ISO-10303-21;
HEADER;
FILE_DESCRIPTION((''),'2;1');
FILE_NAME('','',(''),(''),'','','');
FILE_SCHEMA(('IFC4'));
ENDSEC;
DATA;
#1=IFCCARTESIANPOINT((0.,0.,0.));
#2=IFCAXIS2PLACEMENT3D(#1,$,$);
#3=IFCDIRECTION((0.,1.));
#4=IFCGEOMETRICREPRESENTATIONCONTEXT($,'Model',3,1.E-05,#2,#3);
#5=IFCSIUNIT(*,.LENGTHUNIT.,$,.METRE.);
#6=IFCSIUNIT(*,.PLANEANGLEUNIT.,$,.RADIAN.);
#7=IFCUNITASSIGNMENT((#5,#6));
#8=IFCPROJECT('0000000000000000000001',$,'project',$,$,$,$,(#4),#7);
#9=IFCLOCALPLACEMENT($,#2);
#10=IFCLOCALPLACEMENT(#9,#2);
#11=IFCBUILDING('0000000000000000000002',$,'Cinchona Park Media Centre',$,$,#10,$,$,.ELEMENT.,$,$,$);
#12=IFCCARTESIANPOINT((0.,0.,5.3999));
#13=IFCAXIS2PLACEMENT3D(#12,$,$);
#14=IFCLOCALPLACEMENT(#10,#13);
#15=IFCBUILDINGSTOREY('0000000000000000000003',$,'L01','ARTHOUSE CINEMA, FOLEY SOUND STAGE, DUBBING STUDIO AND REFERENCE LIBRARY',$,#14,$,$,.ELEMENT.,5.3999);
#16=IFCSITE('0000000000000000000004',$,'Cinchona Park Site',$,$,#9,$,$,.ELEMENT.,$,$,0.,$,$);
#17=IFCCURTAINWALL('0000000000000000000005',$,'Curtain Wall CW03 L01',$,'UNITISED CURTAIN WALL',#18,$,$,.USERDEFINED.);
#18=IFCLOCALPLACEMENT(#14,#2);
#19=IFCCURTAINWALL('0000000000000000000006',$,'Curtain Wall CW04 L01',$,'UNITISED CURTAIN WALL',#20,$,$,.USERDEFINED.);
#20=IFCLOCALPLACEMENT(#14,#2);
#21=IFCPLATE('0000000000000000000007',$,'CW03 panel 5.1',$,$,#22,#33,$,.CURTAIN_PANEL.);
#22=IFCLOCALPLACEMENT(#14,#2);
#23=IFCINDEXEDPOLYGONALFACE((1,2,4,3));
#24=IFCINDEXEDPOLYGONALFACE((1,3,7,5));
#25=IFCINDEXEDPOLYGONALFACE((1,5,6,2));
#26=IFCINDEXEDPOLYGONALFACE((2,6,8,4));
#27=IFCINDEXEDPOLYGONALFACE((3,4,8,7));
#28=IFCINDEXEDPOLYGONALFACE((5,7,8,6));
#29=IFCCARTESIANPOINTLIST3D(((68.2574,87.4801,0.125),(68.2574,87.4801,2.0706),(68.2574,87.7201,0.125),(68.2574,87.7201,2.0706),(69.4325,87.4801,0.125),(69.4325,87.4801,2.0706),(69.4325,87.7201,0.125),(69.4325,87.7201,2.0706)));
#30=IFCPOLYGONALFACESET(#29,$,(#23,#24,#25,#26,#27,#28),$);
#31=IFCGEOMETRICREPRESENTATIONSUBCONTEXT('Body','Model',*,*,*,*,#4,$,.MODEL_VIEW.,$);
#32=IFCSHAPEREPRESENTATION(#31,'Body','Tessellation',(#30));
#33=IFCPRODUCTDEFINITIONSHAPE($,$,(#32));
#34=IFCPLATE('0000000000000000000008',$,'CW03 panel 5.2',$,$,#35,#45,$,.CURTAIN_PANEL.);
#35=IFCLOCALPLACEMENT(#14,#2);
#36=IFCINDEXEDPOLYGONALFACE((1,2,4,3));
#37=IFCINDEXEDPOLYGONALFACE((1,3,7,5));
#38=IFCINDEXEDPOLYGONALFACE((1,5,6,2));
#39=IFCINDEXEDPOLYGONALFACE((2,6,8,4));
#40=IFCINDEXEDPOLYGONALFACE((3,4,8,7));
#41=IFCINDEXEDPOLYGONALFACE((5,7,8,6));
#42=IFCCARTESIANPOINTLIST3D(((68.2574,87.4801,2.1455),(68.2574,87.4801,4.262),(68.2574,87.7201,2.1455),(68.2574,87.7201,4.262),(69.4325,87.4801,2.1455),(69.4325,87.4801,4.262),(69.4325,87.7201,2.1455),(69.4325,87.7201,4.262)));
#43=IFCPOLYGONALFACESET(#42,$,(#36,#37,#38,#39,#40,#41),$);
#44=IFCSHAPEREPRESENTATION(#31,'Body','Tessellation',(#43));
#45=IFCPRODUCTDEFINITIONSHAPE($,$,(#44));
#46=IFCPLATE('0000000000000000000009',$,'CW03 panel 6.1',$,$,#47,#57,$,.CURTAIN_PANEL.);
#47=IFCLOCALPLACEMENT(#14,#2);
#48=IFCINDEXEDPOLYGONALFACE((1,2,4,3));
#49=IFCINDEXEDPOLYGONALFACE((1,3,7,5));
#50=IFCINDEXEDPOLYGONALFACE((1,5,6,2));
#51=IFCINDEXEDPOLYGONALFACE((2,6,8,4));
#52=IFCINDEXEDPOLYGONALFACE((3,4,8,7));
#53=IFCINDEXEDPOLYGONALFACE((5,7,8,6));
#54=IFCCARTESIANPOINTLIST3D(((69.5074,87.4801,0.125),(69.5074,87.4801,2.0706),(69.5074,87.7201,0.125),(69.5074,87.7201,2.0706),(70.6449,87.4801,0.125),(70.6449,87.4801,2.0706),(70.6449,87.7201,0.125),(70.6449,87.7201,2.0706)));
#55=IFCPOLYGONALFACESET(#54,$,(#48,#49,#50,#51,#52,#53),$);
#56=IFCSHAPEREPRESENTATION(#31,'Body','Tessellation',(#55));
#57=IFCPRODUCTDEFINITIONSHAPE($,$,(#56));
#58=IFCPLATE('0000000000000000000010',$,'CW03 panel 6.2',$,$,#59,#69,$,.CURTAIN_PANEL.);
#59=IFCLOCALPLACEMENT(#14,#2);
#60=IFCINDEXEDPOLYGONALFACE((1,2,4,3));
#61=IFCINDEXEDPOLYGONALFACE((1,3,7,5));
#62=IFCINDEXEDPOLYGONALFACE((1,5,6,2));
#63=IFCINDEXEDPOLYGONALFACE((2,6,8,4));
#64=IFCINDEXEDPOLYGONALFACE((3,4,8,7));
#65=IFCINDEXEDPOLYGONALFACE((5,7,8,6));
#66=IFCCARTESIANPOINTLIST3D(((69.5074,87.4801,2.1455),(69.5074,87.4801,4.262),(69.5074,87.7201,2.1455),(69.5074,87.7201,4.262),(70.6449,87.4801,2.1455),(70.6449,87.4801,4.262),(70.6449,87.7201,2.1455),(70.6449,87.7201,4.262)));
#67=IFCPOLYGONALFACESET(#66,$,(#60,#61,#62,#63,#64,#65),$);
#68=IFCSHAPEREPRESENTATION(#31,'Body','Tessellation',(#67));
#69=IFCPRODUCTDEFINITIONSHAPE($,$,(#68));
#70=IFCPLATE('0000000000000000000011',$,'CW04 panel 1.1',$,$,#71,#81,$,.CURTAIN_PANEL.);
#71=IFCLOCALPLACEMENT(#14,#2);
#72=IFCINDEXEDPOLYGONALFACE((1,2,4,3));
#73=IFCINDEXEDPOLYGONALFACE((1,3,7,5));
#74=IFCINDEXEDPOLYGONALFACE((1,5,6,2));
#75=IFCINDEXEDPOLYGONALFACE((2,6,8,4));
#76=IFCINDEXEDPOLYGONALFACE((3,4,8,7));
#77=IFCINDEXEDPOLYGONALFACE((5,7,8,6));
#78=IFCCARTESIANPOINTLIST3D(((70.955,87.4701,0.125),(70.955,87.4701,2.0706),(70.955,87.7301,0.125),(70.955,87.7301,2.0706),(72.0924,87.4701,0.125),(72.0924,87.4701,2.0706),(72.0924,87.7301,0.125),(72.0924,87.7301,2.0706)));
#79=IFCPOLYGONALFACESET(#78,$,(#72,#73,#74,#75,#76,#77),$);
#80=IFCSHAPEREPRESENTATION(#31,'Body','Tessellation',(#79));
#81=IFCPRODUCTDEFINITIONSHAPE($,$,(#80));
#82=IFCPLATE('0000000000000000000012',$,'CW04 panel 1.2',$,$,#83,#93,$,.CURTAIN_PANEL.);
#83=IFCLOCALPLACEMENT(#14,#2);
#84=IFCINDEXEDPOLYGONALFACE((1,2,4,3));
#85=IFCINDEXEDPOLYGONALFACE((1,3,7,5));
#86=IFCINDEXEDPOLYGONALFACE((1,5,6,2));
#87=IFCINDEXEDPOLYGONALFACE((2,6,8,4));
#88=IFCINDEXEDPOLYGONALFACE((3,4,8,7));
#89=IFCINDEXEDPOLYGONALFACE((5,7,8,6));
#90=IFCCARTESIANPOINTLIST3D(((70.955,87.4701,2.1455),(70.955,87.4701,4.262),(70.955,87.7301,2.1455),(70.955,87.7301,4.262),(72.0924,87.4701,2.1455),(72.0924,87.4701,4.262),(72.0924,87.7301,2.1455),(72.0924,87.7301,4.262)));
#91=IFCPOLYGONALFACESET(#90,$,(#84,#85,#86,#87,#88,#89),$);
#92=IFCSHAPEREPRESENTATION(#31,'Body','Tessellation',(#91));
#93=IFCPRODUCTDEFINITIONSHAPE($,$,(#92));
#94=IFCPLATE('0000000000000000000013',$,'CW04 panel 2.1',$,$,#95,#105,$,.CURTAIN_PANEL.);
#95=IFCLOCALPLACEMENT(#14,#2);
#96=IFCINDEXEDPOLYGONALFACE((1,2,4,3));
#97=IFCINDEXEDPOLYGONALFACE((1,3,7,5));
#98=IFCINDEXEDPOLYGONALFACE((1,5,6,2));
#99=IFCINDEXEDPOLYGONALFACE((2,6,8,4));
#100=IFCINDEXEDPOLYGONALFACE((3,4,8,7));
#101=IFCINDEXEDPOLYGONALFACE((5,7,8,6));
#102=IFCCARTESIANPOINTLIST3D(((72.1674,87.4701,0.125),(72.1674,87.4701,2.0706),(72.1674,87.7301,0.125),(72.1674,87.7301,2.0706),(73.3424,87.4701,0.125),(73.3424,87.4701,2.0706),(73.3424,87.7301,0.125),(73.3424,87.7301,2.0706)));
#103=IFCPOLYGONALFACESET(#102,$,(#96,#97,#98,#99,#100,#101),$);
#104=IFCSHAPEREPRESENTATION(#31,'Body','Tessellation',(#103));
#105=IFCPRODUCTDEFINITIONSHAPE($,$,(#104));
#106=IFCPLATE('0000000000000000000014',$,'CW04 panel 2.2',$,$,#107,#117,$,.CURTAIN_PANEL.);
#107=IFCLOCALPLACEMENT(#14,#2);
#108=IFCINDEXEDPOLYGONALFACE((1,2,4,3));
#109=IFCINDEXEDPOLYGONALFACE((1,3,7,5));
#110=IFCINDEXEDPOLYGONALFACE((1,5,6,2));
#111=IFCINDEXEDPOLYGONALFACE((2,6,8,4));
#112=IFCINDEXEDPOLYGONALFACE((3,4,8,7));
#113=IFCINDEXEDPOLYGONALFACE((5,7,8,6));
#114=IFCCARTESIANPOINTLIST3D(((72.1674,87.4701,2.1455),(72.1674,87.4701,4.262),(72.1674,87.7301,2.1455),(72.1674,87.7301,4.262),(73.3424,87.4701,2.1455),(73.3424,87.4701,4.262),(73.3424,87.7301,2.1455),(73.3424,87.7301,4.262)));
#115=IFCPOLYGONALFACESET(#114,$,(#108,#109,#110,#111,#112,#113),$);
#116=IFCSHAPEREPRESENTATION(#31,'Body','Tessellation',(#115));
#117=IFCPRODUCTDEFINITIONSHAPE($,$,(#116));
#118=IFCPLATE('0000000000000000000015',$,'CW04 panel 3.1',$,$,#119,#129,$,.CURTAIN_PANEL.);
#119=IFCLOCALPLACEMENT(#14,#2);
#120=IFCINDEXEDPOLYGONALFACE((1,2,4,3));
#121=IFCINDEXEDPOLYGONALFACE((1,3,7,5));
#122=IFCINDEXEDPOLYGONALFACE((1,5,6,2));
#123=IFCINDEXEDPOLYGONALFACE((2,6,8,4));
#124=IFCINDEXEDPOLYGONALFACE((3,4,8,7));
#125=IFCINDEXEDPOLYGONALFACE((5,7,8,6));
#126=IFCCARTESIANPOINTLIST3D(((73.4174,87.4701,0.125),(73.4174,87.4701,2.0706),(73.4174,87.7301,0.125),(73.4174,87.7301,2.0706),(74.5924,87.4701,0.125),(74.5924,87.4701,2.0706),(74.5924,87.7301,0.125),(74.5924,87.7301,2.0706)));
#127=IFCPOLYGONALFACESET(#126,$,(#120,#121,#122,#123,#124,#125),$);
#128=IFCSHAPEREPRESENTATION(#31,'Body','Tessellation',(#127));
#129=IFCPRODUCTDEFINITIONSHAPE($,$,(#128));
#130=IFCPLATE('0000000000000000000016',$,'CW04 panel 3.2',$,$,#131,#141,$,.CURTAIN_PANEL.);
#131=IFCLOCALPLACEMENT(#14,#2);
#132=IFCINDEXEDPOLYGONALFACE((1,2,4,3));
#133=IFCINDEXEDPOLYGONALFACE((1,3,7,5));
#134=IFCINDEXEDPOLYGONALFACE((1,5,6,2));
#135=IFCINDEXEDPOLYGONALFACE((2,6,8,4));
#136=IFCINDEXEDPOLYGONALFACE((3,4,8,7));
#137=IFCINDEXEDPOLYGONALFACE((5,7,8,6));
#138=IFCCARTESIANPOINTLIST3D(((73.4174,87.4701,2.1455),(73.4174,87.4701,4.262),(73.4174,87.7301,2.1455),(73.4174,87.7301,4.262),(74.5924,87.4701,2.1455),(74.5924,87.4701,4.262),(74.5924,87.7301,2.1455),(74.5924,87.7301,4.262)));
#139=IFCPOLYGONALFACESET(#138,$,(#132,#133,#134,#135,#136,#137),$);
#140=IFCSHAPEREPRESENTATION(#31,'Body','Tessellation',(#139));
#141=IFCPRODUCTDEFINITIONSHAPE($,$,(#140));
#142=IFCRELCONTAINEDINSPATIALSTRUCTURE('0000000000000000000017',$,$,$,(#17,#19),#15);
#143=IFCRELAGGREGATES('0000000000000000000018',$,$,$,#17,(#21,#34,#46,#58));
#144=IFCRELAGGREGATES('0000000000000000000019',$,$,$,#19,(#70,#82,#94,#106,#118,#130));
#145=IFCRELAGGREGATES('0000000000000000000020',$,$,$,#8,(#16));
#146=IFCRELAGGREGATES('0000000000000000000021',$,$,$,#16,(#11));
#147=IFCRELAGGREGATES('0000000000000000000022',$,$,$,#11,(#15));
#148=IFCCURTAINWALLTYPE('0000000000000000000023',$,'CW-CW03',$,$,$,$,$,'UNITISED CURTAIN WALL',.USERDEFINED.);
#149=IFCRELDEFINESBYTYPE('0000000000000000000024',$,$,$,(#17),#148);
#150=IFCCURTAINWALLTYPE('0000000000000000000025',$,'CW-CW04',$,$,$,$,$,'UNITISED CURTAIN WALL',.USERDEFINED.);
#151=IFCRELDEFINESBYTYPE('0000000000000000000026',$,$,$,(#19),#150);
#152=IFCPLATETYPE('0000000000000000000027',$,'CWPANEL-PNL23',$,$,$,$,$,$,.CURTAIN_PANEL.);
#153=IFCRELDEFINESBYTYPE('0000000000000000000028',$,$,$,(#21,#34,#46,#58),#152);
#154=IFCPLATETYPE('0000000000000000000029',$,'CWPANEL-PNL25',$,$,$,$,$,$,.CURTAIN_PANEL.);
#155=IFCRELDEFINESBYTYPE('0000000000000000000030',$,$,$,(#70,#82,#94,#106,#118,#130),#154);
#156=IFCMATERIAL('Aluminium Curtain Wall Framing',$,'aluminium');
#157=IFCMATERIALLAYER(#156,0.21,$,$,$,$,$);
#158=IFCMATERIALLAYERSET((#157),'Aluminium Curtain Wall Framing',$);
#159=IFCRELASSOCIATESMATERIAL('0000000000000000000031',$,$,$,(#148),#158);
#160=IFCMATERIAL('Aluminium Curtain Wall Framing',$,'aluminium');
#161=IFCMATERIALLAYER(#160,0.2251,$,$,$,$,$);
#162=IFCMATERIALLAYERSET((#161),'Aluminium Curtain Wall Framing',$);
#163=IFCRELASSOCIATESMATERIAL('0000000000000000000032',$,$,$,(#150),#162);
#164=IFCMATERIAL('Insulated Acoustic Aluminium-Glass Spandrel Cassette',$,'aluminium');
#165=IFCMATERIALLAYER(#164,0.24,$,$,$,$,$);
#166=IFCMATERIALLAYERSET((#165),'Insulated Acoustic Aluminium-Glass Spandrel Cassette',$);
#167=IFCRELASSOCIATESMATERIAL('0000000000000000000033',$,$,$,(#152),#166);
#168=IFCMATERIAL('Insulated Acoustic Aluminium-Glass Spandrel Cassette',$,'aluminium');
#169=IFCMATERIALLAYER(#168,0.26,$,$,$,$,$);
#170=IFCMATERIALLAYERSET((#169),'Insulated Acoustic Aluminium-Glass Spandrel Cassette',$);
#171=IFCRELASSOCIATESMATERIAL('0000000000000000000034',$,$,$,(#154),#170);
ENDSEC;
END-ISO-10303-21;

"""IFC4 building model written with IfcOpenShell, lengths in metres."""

from ifc_helpers import new_model, si_unit, direction, frame, origin, origin_2d, place, context, subcontext, project, spatial, rectangle, extrude, material, layer, layer_set, type_object, element, aggregate, save


model = new_model("IFC4")

# Units and contexts
model_context = context("Model", 3, precision=1e-05, world=origin(), true_north=direction((0.0, 1.0)))
body_context = subcontext(model_context, "Body", "Model", "MODEL_VIEW")
ifc_project = project(units=[si_unit("LENGTHUNIT", "METRE"), si_unit("PLANEANGLEUNIT", "RADIAN")], contexts=[model_context])

# Site, building, storey
site_placement = place(None, origin())
site = spatial("IfcSite", under=ifc_project, at=site_placement, Name="Cinchona Park Site", CompositionType="ELEMENT", RefElevation=0.0)
building_placement = place(site_placement, origin())
building = spatial("IfcBuilding", under=site, at=building_placement, Name="Cinchona Park Media Centre", CompositionType="ELEMENT")
storey_placement = place(building_placement, frame((0.0, 0.0, 5.3999)))
storey = spatial("IfcBuildingStorey", under=building, at=storey_placement, Name="L01", Description="ARTHOUSE CINEMA, FOLEY SOUND STAGE, DUBBING STUDIO AND REFERENCE LIBRARY", CompositionType="ELEMENT", Elevation=5.3999)

# Curtain walls
ifc_material_1 = material(Name="Aluminium Curtain Wall Framing", Category="aluminium")
ifc_layer_1 = layer(ifc_material_1, 0.21)
ifc_layer_set_1 = layer_set([ifc_layer_1], Name="Aluminium Curtain Wall Framing")
curtain_wall_type_1 = type_object("IfcCurtainWallType", Name="CW-CW03", ElementType="UNITISED CURTAIN WALL", PredefinedType="USERDEFINED", material=ifc_layer_set_1)
curtain_wall_1_placement = place(storey_placement, origin())
curtain_wall_1 = element("IfcCurtainWall", 1, at=curtain_wall_1_placement, inside=storey, type_object=curtain_wall_type_1, Name="Curtain Wall CW03 L01", ObjectType="UNITISED CURTAIN WALL", PredefinedType="USERDEFINED")
ifc_material_2 = material(Name="Aluminium Curtain Wall Framing", Category="aluminium")
ifc_layer_2 = layer(ifc_material_2, 0.2251)
ifc_layer_set_2 = layer_set([ifc_layer_2], Name="Aluminium Curtain Wall Framing")
curtain_wall_type_2 = type_object("IfcCurtainWallType", Name="CW-CW04", ElementType="UNITISED CURTAIN WALL", PredefinedType="USERDEFINED", material=ifc_layer_set_2)
curtain_wall_2_placement = place(storey_placement, origin())
curtain_wall_2 = element("IfcCurtainWall", 2, at=curtain_wall_2_placement, inside=storey, type_object=curtain_wall_type_2, Name="Curtain Wall CW04 L01", ObjectType="UNITISED CURTAIN WALL", PredefinedType="USERDEFINED")

# Plates
ifc_material_3 = material(Name="Insulated Acoustic Aluminium-Glass Spandrel Cassette", Category="aluminium")
ifc_layer_3 = layer(ifc_material_3, 0.24)
ifc_layer_set_3 = layer_set([ifc_layer_3], Name="Insulated Acoustic Aluminium-Glass Spandrel Cassette")
plate_type_1 = type_object("IfcPlateType", Name="CWPANEL-PNL23", PredefinedType="CURTAIN_PANEL", material=ifc_layer_set_3)
plate_1_placement = place(storey_placement, frame((68.845, 87.6001, 0.125), z_axis=(0.0, 0.0, 1.0), x_axis=(1.0, 0.0, 0.0)))
plate_1 = element("IfcPlate", 3, at=plate_1_placement, type_object=plate_type_1, Name="CW03 panel 5.1", PredefinedType="CURTAIN_PANEL", context=body_context, shape_type="SweptSolid", body=[
    extrude(rectangle(XDim=1.175, YDim=0.24, at=origin_2d()), origin(), (0.0, 0.0, 1.0), 1.9456),
])
plate_2_placement = place(storey_placement, frame((68.845, 87.6001, 2.1455), z_axis=(0.0, 0.0, 1.0), x_axis=(1.0, 0.0, 0.0)))
plate_2 = element("IfcPlate", 4, at=plate_2_placement, type_object=plate_type_1, Name="CW03 panel 5.2", PredefinedType="CURTAIN_PANEL", context=body_context, shape_type="SweptSolid", body=[
    extrude(rectangle(XDim=1.175, YDim=0.24, at=origin_2d()), origin(), (0.0, 0.0, 1.0), 2.1165),
])
plate_3_placement = place(storey_placement, frame((70.0762, 87.6001, 0.125), z_axis=(0.0, 0.0, 1.0), x_axis=(1.0, 0.0, 0.0)))
plate_3 = element("IfcPlate", 5, at=plate_3_placement, type_object=plate_type_1, Name="CW03 panel 6.1", PredefinedType="CURTAIN_PANEL", context=body_context, shape_type="SweptSolid", body=[
    extrude(rectangle(XDim=1.1375, YDim=0.24, at=origin_2d()), origin(), (0.0, 0.0, 1.0), 1.9456),
])
plate_4_placement = place(storey_placement, frame((70.0762, 87.6001, 2.1455), z_axis=(0.0, 0.0, 1.0), x_axis=(1.0, 0.0, 0.0)))
plate_4 = element("IfcPlate", 6, at=plate_4_placement, type_object=plate_type_1, Name="CW03 panel 6.2", PredefinedType="CURTAIN_PANEL", context=body_context, shape_type="SweptSolid", body=[
    extrude(rectangle(XDim=1.1375, YDim=0.24, at=origin_2d()), origin(), (0.0, 0.0, 1.0), 2.1165),
])
aggregate(curtain_wall_1, [plate_1, plate_2, plate_3, plate_4])
ifc_material_4 = material(Name="Insulated Acoustic Aluminium-Glass Spandrel Cassette", Category="aluminium")
ifc_layer_4 = layer(ifc_material_4, 0.26)
ifc_layer_set_4 = layer_set([ifc_layer_4], Name="Insulated Acoustic Aluminium-Glass Spandrel Cassette")
plate_type_2 = type_object("IfcPlateType", Name="CWPANEL-PNL25", PredefinedType="CURTAIN_PANEL", material=ifc_layer_set_4)
plate_5_placement = place(storey_placement, frame((71.5237, 87.6001, 0.125), z_axis=(0.0, 0.0, 1.0), x_axis=(1.0, 0.0, 0.0)))
plate_5 = element("IfcPlate", 7, at=plate_5_placement, type_object=plate_type_2, Name="CW04 panel 1.1", PredefinedType="CURTAIN_PANEL", context=body_context, shape_type="SweptSolid", body=[
    extrude(rectangle(XDim=1.1375, YDim=0.26, at=origin_2d()), origin(), (0.0, 0.0, 1.0), 1.9456),
])
plate_6_placement = place(storey_placement, frame((71.5237, 87.6001, 2.1455), z_axis=(0.0, 0.0, 1.0), x_axis=(1.0, 0.0, 0.0)))
plate_6 = element("IfcPlate", 8, at=plate_6_placement, type_object=plate_type_2, Name="CW04 panel 1.2", PredefinedType="CURTAIN_PANEL", context=body_context, shape_type="SweptSolid", body=[
    extrude(rectangle(XDim=1.1375, YDim=0.26, at=origin_2d()), origin(), (0.0, 0.0, 1.0), 2.1165),
])
plate_7_placement = place(storey_placement, frame((72.7549, 87.6001, 0.125), z_axis=(0.0, 0.0, 1.0), x_axis=(1.0, 0.0, 0.0)))
plate_7 = element("IfcPlate", 9, at=plate_7_placement, type_object=plate_type_2, Name="CW04 panel 2.1", PredefinedType="CURTAIN_PANEL", context=body_context, shape_type="SweptSolid", body=[
    extrude(rectangle(XDim=1.175, YDim=0.26, at=origin_2d()), origin(), (0.0, 0.0, 1.0), 1.9456),
])
plate_8_placement = place(storey_placement, frame((72.7549, 87.6001, 2.1455), z_axis=(0.0, 0.0, 1.0), x_axis=(1.0, 0.0, 0.0)))
plate_8 = element("IfcPlate", 10, at=plate_8_placement, type_object=plate_type_2, Name="CW04 panel 2.2", PredefinedType="CURTAIN_PANEL", context=body_context, shape_type="SweptSolid", body=[
    extrude(rectangle(XDim=1.175, YDim=0.26, at=origin_2d()), origin(), (0.0, 0.0, 1.0), 2.1165),
])
plate_9_placement = place(storey_placement, frame((74.0049, 87.6001, 0.125), z_axis=(0.0, 0.0, 1.0), x_axis=(1.0, 0.0, 0.0)))
plate_9 = element("IfcPlate", 11, at=plate_9_placement, type_object=plate_type_2, Name="CW04 panel 3.1", PredefinedType="CURTAIN_PANEL", context=body_context, shape_type="SweptSolid", body=[
    extrude(rectangle(XDim=1.175, YDim=0.26, at=origin_2d()), origin(), (0.0, 0.0, 1.0), 1.9456),
])
plate_10_placement = place(storey_placement, frame((74.0049, 87.6001, 2.1455), z_axis=(0.0, 0.0, 1.0), x_axis=(1.0, 0.0, 0.0)))
plate_10 = element("IfcPlate", 12, at=plate_10_placement, type_object=plate_type_2, Name="CW04 panel 3.2", PredefinedType="CURTAIN_PANEL", context=body_context, shape_type="SweptSolid", body=[
    extrude(rectangle(XDim=1.175, YDim=0.26, at=origin_2d()), origin(), (0.0, 0.0, 1.0), 2.1165),
])
aggregate(curtain_wall_2, [plate_5, plate_6, plate_7, plate_8, plate_9, plate_10])

save(model, "model.ifc")
